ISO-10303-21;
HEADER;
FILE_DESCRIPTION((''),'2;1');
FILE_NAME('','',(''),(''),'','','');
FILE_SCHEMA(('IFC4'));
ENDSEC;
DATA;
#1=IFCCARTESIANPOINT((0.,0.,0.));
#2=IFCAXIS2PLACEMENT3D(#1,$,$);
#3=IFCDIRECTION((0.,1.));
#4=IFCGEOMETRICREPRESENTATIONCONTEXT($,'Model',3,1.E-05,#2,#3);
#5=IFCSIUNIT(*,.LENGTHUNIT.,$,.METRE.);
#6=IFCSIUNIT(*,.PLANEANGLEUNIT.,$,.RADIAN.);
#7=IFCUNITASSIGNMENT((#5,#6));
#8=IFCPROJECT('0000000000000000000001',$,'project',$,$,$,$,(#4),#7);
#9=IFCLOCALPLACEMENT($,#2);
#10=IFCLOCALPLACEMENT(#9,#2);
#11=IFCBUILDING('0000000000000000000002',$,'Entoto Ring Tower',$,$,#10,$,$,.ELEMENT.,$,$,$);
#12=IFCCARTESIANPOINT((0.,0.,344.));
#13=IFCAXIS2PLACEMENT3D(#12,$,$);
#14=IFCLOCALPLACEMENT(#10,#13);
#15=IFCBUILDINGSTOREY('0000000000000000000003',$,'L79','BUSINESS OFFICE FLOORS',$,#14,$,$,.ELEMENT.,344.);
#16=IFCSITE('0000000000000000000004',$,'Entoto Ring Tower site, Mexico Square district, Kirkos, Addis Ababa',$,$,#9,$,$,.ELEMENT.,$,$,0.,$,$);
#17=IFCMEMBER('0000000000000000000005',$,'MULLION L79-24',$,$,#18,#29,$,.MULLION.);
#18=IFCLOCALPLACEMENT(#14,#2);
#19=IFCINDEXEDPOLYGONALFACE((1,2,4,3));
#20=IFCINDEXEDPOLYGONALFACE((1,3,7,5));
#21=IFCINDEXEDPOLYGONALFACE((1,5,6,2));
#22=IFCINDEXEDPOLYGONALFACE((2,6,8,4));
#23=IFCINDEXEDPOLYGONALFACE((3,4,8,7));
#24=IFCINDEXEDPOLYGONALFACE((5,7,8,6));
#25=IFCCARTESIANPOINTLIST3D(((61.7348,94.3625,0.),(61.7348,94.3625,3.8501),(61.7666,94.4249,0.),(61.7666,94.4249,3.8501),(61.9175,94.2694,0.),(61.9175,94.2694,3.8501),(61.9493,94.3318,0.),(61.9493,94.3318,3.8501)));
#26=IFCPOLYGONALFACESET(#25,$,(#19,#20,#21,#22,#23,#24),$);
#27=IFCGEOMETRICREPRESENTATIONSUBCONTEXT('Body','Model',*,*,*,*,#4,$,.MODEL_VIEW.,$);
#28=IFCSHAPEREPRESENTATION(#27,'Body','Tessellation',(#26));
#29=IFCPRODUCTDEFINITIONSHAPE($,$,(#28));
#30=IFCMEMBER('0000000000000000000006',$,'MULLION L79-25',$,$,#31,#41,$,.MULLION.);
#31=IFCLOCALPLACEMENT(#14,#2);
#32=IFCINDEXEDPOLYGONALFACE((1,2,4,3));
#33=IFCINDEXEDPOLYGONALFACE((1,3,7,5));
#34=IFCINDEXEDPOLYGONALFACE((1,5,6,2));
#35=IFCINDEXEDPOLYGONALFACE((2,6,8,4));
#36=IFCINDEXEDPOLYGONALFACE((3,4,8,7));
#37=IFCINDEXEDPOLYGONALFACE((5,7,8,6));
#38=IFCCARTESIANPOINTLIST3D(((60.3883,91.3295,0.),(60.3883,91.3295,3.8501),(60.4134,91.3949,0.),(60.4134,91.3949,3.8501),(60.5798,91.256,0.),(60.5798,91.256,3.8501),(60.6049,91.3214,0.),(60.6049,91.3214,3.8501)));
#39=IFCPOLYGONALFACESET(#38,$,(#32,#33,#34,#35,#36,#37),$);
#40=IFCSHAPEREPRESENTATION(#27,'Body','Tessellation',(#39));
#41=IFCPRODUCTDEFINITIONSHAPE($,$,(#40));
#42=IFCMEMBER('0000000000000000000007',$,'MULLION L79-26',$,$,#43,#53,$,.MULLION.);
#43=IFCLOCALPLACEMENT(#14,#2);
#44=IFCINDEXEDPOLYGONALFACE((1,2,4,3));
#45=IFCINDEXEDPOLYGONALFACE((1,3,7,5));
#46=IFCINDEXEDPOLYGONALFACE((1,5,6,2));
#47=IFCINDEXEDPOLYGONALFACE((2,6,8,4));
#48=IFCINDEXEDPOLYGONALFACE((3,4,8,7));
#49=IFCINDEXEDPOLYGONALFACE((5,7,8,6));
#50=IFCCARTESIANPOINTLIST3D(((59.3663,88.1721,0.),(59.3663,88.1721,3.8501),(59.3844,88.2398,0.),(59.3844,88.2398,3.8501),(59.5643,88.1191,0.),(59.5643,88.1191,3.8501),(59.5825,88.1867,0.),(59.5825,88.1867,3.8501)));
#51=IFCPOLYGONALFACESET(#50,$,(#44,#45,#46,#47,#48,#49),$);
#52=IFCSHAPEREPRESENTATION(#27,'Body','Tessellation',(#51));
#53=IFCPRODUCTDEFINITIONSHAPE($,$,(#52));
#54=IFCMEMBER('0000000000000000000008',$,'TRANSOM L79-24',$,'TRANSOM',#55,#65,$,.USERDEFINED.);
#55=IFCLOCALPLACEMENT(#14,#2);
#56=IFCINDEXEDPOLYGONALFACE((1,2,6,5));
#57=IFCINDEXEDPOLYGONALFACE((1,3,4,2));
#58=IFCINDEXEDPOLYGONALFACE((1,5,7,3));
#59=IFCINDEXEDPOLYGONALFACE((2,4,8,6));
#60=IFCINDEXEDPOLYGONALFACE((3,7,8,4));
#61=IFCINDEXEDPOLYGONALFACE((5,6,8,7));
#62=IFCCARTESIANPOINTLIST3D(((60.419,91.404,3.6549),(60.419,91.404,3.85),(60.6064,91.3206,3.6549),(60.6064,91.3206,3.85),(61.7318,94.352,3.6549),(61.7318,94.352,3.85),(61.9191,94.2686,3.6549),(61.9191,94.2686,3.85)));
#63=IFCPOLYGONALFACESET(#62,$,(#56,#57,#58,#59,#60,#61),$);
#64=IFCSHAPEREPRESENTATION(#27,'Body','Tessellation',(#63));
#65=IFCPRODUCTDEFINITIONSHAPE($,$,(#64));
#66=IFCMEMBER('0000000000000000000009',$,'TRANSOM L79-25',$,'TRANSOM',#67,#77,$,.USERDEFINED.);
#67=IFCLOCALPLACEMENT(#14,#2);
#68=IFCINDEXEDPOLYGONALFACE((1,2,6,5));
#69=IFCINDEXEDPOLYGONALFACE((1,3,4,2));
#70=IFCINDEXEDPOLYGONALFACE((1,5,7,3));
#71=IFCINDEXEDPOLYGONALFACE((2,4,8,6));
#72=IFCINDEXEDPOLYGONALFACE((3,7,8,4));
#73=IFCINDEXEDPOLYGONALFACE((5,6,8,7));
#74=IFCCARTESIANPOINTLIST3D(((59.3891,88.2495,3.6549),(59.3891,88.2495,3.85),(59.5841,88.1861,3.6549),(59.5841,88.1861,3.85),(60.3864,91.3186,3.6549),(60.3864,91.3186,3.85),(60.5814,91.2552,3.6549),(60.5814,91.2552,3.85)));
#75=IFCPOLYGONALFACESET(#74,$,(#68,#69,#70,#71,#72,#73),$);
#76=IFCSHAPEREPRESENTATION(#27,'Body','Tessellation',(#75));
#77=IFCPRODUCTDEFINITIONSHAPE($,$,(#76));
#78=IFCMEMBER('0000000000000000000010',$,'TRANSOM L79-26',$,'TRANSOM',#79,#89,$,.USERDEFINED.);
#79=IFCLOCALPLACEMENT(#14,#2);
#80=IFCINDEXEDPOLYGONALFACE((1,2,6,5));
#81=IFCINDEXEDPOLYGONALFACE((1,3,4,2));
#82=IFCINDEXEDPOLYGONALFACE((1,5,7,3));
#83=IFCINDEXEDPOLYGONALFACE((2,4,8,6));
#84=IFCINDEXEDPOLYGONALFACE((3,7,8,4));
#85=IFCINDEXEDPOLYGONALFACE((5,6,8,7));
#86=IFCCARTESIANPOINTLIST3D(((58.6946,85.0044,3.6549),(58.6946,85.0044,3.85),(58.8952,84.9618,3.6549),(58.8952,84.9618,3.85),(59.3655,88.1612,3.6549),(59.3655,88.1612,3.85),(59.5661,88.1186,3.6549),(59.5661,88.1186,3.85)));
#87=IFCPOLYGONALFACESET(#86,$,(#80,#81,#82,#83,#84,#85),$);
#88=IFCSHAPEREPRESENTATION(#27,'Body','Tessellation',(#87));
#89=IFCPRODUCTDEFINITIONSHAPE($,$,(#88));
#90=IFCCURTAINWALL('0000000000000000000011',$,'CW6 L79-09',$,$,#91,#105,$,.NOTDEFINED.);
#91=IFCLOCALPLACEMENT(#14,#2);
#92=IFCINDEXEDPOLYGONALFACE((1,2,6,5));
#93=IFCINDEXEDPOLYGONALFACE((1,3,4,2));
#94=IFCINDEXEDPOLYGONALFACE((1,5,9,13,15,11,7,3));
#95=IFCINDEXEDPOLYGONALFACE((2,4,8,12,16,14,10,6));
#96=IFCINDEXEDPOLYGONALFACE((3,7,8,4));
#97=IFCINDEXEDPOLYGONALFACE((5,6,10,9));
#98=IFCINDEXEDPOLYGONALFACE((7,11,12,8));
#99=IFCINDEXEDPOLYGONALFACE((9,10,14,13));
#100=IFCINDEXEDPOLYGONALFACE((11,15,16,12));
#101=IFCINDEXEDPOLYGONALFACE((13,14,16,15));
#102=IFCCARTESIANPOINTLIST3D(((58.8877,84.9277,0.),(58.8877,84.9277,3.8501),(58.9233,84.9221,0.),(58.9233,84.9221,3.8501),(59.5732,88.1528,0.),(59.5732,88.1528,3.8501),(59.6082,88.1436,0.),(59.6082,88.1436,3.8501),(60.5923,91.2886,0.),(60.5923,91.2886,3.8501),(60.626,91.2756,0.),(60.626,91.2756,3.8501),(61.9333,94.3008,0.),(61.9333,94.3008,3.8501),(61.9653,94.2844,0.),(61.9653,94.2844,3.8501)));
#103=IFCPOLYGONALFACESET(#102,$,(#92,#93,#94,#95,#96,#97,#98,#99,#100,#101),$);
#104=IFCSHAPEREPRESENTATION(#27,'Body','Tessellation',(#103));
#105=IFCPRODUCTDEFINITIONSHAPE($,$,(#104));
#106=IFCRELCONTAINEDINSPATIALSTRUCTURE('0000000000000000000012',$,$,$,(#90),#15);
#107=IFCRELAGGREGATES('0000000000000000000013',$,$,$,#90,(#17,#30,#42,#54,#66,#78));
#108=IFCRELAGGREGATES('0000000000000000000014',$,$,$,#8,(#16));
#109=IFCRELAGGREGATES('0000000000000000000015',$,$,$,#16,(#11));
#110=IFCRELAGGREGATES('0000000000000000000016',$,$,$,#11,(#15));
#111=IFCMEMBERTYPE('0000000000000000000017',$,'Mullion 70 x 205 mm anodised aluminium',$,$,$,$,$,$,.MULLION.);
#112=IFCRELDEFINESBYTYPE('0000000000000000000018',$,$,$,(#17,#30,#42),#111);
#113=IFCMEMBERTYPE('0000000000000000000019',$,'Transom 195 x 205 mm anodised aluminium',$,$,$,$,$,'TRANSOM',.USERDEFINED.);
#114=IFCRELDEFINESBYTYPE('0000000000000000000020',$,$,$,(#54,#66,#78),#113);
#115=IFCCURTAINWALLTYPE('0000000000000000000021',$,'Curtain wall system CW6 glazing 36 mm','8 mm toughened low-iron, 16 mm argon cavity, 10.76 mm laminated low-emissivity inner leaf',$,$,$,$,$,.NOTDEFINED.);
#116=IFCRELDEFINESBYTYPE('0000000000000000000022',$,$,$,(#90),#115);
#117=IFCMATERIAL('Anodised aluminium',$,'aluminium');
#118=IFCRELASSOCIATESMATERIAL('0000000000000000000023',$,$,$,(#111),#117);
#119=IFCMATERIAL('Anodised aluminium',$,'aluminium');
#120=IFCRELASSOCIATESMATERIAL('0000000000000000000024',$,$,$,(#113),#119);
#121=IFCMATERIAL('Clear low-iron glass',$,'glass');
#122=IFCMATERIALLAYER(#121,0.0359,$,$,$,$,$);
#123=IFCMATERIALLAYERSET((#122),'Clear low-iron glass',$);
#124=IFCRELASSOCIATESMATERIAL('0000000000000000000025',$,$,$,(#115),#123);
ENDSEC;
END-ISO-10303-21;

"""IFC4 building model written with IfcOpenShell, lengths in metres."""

from ifc_helpers import new_model, si_unit, direction, frame, origin, origin_2d, place, context, subcontext, project, spatial, polyline, rectangle, outline, extrude, material, layer, layer_set, material_profile, profile_set, type_object, element, aggregate, save


model = new_model("IFC4")

# Units and contexts
model_context = context("Model", 3, precision=1e-05, world=origin(), true_north=direction((0.0, 1.0)))
body_context = subcontext(model_context, "Body", "Model", "MODEL_VIEW")
ifc_project = project(units=[si_unit("LENGTHUNIT", "METRE"), si_unit("PLANEANGLEUNIT", "RADIAN")], contexts=[model_context])

# Members
ifc_material_1 = material(Name="Anodised aluminium", Category="aluminium")
ifc_material_profile_1 = material_profile(ifc_material_1, rectangle(XDim=0.0701, YDim=0.2051, at=origin_2d()), Name="Mullion 70 x 205 mm anodised aluminium")
ifc_profile_set_1 = profile_set([ifc_material_profile_1], Name="Anodised aluminium")
member_type_1 = type_object("IfcMemberType", Name="Mullion 70 x 205 mm anodised aluminium", PredefinedType="MULLION", material=ifc_profile_set_1)
site_placement = place(None, origin())
building_placement = place(site_placement, origin())
storey_placement = place(building_placement, frame((0.0, 0.0, 344.0)))
member_1_placement = place(storey_placement, frame((61.842, 94.3472, 0.0), z_axis=(0.0, 0.0, 1.0), x_axis=(-0.45399, -0.891007, 0.0)))
member_1 = element("IfcMember", 1, at=member_1_placement, type_object=member_type_1, Name="MULLION L79-24", PredefinedType="MULLION", context=body_context, shape_type="SweptSolid", body=[
    extrude(rectangle(XDim=0.0701, YDim=0.2051, at=origin_2d()), origin(), (0.0, 0.0, 1.0), 3.8501),
])
member_2_placement = place(storey_placement, frame((60.4966, 91.3254, 0.0), z_axis=(0.0, 0.0, 1.0), x_axis=(-0.358368, -0.93358, 0.0)))
member_2 = element("IfcMember", 2, at=member_2_placement, type_object=member_type_1, Name="MULLION L79-25", PredefinedType="MULLION", context=body_context, shape_type="SweptSolid", body=[
    extrude(rectangle(XDim=0.0701, YDim=0.2051, at=origin_2d()), origin(), (0.0, 0.0, 1.0), 3.8501),
])
member_3_placement = place(storey_placement, frame((59.4744, 88.1794, 0.0), z_axis=(0.0, 0.0, 1.0), x_axis=(-0.258819, -0.965926, 0.0)))
member_3 = element("IfcMember", 3, at=member_3_placement, type_object=member_type_1, Name="MULLION L79-26", PredefinedType="MULLION", context=body_context, shape_type="SweptSolid", body=[
    extrude(rectangle(XDim=0.0701, YDim=0.2051, at=origin_2d()), origin(), (0.0, 0.0, 1.0), 3.8501),
])
ifc_material_2 = material(Name="Anodised aluminium", Category="aluminium")
ifc_material_profile_2 = material_profile(ifc_material_2, rectangle(XDim=0.2051, YDim=0.1951, at=origin_2d()), Name="Transom 195 x 205 mm anodised aluminium")
ifc_profile_set_2 = profile_set([ifc_material_profile_2], Name="Anodised aluminium")
member_type_2 = type_object("IfcMemberType", Name="Transom 195 x 205 mm anodised aluminium", ElementType="TRANSOM", PredefinedType="USERDEFINED", material=ifc_profile_set_2)
member_4_placement = place(storey_placement, frame((61.8254, 94.3103, 3.7524), z_axis=(-0.406791, -0.913521, 0.0), x_axis=(0.913521, -0.406791, 0.0)))
member_4 = element("IfcMember", 4, at=member_4_placement, type_object=member_type_2, Name="TRANSOM L79-24", ObjectType="TRANSOM", PredefinedType="USERDEFINED", context=body_context, shape_type="SweptSolid", body=[
    extrude(rectangle(XDim=0.2051, YDim=0.1951, at=origin_2d()), origin(), (0.0, 0.0, 1.0), 3.2271),
])
member_5_placement = place(storey_placement, frame((60.4839, 91.2869, 3.7524), z_axis=(-0.309047, -0.951047, 0.0), x_axis=(0.951047, -0.309047, 0.0)))
member_5 = element("IfcMember", 5, at=member_5_placement, type_object=member_type_2, Name="TRANSOM L79-25", ObjectType="TRANSOM", PredefinedType="USERDEFINED", context=body_context, shape_type="SweptSolid", body=[
    extrude(rectangle(XDim=0.2051, YDim=0.1951, at=origin_2d()), origin(), (0.0, 0.0, 1.0), 3.2271),
])
member_6_placement = place(storey_placement, frame((59.4658, 88.1399, 3.7524), z_axis=(-0.207886, -0.978153, 0.0), x_axis=(0.978153, -0.207886, 0.0)))
member_6 = element("IfcMember", 6, at=member_6_placement, type_object=member_type_2, Name="TRANSOM L79-26", ObjectType="TRANSOM", PredefinedType="USERDEFINED", context=body_context, shape_type="SweptSolid", body=[
    extrude(rectangle(XDim=0.2051, YDim=0.1951, at=origin_2d()), origin(), (0.0, 0.0, 1.0), 3.2273),
])

# Site, building, storey
site = spatial("IfcSite", under=ifc_project, at=site_placement, Name="Entoto Ring Tower site, Mexico Square district, Kirkos, Addis Ababa", CompositionType="ELEMENT", RefElevation=0.0)
building = spatial("IfcBuilding", under=site, at=building_placement, Name="Entoto Ring Tower", CompositionType="ELEMENT")
storey = spatial("IfcBuildingStorey", under=building, at=storey_placement, Name="L79", Description="BUSINESS OFFICE FLOORS", CompositionType="ELEMENT", Elevation=344.0)

# Curtain wall
ifc_material_3 = material(Name="Clear low-iron glass", Category="glass")
ifc_layer = layer(ifc_material_3, 0.0359)
ifc_layer_set = layer_set([ifc_layer], Name="Clear low-iron glass")
curtain_wall_type = type_object("IfcCurtainWallType", Name="Curtain wall system CW6 glazing 36 mm", Description="8 mm toughened low-iron, 16 mm argon cavity, 10.76 mm laminated low-emissivity inner leaf", PredefinedType="NOTDEFINED", material=ifc_layer_set)
curtain_wall_1_placement = place(storey_placement, origin())
curtain_wall_1 = element("IfcCurtainWall", 7, at=curtain_wall_1_placement, inside=storey, type_object=curtain_wall_type, Name="CW6 L79-09", PredefinedType="NOTDEFINED", context=body_context, shape_type="SweptSolid", body=[
    extrude(outline(polyline([(61.9333, 94.3008), (60.5923, 91.2886), (59.5732, 88.1528), (58.8877, 84.9277), (58.9233, 84.9221), (59.6082, 88.1436), (60.626, 91.2756), (61.9653, 94.2844), (61.9333, 94.3008)])), origin(), (0.0, 0.0, 1.0), 3.8501),
])
aggregate(curtain_wall_1, [member_1, member_2, member_3, member_4, member_5, member_6])

save(model, "model.ifc")
